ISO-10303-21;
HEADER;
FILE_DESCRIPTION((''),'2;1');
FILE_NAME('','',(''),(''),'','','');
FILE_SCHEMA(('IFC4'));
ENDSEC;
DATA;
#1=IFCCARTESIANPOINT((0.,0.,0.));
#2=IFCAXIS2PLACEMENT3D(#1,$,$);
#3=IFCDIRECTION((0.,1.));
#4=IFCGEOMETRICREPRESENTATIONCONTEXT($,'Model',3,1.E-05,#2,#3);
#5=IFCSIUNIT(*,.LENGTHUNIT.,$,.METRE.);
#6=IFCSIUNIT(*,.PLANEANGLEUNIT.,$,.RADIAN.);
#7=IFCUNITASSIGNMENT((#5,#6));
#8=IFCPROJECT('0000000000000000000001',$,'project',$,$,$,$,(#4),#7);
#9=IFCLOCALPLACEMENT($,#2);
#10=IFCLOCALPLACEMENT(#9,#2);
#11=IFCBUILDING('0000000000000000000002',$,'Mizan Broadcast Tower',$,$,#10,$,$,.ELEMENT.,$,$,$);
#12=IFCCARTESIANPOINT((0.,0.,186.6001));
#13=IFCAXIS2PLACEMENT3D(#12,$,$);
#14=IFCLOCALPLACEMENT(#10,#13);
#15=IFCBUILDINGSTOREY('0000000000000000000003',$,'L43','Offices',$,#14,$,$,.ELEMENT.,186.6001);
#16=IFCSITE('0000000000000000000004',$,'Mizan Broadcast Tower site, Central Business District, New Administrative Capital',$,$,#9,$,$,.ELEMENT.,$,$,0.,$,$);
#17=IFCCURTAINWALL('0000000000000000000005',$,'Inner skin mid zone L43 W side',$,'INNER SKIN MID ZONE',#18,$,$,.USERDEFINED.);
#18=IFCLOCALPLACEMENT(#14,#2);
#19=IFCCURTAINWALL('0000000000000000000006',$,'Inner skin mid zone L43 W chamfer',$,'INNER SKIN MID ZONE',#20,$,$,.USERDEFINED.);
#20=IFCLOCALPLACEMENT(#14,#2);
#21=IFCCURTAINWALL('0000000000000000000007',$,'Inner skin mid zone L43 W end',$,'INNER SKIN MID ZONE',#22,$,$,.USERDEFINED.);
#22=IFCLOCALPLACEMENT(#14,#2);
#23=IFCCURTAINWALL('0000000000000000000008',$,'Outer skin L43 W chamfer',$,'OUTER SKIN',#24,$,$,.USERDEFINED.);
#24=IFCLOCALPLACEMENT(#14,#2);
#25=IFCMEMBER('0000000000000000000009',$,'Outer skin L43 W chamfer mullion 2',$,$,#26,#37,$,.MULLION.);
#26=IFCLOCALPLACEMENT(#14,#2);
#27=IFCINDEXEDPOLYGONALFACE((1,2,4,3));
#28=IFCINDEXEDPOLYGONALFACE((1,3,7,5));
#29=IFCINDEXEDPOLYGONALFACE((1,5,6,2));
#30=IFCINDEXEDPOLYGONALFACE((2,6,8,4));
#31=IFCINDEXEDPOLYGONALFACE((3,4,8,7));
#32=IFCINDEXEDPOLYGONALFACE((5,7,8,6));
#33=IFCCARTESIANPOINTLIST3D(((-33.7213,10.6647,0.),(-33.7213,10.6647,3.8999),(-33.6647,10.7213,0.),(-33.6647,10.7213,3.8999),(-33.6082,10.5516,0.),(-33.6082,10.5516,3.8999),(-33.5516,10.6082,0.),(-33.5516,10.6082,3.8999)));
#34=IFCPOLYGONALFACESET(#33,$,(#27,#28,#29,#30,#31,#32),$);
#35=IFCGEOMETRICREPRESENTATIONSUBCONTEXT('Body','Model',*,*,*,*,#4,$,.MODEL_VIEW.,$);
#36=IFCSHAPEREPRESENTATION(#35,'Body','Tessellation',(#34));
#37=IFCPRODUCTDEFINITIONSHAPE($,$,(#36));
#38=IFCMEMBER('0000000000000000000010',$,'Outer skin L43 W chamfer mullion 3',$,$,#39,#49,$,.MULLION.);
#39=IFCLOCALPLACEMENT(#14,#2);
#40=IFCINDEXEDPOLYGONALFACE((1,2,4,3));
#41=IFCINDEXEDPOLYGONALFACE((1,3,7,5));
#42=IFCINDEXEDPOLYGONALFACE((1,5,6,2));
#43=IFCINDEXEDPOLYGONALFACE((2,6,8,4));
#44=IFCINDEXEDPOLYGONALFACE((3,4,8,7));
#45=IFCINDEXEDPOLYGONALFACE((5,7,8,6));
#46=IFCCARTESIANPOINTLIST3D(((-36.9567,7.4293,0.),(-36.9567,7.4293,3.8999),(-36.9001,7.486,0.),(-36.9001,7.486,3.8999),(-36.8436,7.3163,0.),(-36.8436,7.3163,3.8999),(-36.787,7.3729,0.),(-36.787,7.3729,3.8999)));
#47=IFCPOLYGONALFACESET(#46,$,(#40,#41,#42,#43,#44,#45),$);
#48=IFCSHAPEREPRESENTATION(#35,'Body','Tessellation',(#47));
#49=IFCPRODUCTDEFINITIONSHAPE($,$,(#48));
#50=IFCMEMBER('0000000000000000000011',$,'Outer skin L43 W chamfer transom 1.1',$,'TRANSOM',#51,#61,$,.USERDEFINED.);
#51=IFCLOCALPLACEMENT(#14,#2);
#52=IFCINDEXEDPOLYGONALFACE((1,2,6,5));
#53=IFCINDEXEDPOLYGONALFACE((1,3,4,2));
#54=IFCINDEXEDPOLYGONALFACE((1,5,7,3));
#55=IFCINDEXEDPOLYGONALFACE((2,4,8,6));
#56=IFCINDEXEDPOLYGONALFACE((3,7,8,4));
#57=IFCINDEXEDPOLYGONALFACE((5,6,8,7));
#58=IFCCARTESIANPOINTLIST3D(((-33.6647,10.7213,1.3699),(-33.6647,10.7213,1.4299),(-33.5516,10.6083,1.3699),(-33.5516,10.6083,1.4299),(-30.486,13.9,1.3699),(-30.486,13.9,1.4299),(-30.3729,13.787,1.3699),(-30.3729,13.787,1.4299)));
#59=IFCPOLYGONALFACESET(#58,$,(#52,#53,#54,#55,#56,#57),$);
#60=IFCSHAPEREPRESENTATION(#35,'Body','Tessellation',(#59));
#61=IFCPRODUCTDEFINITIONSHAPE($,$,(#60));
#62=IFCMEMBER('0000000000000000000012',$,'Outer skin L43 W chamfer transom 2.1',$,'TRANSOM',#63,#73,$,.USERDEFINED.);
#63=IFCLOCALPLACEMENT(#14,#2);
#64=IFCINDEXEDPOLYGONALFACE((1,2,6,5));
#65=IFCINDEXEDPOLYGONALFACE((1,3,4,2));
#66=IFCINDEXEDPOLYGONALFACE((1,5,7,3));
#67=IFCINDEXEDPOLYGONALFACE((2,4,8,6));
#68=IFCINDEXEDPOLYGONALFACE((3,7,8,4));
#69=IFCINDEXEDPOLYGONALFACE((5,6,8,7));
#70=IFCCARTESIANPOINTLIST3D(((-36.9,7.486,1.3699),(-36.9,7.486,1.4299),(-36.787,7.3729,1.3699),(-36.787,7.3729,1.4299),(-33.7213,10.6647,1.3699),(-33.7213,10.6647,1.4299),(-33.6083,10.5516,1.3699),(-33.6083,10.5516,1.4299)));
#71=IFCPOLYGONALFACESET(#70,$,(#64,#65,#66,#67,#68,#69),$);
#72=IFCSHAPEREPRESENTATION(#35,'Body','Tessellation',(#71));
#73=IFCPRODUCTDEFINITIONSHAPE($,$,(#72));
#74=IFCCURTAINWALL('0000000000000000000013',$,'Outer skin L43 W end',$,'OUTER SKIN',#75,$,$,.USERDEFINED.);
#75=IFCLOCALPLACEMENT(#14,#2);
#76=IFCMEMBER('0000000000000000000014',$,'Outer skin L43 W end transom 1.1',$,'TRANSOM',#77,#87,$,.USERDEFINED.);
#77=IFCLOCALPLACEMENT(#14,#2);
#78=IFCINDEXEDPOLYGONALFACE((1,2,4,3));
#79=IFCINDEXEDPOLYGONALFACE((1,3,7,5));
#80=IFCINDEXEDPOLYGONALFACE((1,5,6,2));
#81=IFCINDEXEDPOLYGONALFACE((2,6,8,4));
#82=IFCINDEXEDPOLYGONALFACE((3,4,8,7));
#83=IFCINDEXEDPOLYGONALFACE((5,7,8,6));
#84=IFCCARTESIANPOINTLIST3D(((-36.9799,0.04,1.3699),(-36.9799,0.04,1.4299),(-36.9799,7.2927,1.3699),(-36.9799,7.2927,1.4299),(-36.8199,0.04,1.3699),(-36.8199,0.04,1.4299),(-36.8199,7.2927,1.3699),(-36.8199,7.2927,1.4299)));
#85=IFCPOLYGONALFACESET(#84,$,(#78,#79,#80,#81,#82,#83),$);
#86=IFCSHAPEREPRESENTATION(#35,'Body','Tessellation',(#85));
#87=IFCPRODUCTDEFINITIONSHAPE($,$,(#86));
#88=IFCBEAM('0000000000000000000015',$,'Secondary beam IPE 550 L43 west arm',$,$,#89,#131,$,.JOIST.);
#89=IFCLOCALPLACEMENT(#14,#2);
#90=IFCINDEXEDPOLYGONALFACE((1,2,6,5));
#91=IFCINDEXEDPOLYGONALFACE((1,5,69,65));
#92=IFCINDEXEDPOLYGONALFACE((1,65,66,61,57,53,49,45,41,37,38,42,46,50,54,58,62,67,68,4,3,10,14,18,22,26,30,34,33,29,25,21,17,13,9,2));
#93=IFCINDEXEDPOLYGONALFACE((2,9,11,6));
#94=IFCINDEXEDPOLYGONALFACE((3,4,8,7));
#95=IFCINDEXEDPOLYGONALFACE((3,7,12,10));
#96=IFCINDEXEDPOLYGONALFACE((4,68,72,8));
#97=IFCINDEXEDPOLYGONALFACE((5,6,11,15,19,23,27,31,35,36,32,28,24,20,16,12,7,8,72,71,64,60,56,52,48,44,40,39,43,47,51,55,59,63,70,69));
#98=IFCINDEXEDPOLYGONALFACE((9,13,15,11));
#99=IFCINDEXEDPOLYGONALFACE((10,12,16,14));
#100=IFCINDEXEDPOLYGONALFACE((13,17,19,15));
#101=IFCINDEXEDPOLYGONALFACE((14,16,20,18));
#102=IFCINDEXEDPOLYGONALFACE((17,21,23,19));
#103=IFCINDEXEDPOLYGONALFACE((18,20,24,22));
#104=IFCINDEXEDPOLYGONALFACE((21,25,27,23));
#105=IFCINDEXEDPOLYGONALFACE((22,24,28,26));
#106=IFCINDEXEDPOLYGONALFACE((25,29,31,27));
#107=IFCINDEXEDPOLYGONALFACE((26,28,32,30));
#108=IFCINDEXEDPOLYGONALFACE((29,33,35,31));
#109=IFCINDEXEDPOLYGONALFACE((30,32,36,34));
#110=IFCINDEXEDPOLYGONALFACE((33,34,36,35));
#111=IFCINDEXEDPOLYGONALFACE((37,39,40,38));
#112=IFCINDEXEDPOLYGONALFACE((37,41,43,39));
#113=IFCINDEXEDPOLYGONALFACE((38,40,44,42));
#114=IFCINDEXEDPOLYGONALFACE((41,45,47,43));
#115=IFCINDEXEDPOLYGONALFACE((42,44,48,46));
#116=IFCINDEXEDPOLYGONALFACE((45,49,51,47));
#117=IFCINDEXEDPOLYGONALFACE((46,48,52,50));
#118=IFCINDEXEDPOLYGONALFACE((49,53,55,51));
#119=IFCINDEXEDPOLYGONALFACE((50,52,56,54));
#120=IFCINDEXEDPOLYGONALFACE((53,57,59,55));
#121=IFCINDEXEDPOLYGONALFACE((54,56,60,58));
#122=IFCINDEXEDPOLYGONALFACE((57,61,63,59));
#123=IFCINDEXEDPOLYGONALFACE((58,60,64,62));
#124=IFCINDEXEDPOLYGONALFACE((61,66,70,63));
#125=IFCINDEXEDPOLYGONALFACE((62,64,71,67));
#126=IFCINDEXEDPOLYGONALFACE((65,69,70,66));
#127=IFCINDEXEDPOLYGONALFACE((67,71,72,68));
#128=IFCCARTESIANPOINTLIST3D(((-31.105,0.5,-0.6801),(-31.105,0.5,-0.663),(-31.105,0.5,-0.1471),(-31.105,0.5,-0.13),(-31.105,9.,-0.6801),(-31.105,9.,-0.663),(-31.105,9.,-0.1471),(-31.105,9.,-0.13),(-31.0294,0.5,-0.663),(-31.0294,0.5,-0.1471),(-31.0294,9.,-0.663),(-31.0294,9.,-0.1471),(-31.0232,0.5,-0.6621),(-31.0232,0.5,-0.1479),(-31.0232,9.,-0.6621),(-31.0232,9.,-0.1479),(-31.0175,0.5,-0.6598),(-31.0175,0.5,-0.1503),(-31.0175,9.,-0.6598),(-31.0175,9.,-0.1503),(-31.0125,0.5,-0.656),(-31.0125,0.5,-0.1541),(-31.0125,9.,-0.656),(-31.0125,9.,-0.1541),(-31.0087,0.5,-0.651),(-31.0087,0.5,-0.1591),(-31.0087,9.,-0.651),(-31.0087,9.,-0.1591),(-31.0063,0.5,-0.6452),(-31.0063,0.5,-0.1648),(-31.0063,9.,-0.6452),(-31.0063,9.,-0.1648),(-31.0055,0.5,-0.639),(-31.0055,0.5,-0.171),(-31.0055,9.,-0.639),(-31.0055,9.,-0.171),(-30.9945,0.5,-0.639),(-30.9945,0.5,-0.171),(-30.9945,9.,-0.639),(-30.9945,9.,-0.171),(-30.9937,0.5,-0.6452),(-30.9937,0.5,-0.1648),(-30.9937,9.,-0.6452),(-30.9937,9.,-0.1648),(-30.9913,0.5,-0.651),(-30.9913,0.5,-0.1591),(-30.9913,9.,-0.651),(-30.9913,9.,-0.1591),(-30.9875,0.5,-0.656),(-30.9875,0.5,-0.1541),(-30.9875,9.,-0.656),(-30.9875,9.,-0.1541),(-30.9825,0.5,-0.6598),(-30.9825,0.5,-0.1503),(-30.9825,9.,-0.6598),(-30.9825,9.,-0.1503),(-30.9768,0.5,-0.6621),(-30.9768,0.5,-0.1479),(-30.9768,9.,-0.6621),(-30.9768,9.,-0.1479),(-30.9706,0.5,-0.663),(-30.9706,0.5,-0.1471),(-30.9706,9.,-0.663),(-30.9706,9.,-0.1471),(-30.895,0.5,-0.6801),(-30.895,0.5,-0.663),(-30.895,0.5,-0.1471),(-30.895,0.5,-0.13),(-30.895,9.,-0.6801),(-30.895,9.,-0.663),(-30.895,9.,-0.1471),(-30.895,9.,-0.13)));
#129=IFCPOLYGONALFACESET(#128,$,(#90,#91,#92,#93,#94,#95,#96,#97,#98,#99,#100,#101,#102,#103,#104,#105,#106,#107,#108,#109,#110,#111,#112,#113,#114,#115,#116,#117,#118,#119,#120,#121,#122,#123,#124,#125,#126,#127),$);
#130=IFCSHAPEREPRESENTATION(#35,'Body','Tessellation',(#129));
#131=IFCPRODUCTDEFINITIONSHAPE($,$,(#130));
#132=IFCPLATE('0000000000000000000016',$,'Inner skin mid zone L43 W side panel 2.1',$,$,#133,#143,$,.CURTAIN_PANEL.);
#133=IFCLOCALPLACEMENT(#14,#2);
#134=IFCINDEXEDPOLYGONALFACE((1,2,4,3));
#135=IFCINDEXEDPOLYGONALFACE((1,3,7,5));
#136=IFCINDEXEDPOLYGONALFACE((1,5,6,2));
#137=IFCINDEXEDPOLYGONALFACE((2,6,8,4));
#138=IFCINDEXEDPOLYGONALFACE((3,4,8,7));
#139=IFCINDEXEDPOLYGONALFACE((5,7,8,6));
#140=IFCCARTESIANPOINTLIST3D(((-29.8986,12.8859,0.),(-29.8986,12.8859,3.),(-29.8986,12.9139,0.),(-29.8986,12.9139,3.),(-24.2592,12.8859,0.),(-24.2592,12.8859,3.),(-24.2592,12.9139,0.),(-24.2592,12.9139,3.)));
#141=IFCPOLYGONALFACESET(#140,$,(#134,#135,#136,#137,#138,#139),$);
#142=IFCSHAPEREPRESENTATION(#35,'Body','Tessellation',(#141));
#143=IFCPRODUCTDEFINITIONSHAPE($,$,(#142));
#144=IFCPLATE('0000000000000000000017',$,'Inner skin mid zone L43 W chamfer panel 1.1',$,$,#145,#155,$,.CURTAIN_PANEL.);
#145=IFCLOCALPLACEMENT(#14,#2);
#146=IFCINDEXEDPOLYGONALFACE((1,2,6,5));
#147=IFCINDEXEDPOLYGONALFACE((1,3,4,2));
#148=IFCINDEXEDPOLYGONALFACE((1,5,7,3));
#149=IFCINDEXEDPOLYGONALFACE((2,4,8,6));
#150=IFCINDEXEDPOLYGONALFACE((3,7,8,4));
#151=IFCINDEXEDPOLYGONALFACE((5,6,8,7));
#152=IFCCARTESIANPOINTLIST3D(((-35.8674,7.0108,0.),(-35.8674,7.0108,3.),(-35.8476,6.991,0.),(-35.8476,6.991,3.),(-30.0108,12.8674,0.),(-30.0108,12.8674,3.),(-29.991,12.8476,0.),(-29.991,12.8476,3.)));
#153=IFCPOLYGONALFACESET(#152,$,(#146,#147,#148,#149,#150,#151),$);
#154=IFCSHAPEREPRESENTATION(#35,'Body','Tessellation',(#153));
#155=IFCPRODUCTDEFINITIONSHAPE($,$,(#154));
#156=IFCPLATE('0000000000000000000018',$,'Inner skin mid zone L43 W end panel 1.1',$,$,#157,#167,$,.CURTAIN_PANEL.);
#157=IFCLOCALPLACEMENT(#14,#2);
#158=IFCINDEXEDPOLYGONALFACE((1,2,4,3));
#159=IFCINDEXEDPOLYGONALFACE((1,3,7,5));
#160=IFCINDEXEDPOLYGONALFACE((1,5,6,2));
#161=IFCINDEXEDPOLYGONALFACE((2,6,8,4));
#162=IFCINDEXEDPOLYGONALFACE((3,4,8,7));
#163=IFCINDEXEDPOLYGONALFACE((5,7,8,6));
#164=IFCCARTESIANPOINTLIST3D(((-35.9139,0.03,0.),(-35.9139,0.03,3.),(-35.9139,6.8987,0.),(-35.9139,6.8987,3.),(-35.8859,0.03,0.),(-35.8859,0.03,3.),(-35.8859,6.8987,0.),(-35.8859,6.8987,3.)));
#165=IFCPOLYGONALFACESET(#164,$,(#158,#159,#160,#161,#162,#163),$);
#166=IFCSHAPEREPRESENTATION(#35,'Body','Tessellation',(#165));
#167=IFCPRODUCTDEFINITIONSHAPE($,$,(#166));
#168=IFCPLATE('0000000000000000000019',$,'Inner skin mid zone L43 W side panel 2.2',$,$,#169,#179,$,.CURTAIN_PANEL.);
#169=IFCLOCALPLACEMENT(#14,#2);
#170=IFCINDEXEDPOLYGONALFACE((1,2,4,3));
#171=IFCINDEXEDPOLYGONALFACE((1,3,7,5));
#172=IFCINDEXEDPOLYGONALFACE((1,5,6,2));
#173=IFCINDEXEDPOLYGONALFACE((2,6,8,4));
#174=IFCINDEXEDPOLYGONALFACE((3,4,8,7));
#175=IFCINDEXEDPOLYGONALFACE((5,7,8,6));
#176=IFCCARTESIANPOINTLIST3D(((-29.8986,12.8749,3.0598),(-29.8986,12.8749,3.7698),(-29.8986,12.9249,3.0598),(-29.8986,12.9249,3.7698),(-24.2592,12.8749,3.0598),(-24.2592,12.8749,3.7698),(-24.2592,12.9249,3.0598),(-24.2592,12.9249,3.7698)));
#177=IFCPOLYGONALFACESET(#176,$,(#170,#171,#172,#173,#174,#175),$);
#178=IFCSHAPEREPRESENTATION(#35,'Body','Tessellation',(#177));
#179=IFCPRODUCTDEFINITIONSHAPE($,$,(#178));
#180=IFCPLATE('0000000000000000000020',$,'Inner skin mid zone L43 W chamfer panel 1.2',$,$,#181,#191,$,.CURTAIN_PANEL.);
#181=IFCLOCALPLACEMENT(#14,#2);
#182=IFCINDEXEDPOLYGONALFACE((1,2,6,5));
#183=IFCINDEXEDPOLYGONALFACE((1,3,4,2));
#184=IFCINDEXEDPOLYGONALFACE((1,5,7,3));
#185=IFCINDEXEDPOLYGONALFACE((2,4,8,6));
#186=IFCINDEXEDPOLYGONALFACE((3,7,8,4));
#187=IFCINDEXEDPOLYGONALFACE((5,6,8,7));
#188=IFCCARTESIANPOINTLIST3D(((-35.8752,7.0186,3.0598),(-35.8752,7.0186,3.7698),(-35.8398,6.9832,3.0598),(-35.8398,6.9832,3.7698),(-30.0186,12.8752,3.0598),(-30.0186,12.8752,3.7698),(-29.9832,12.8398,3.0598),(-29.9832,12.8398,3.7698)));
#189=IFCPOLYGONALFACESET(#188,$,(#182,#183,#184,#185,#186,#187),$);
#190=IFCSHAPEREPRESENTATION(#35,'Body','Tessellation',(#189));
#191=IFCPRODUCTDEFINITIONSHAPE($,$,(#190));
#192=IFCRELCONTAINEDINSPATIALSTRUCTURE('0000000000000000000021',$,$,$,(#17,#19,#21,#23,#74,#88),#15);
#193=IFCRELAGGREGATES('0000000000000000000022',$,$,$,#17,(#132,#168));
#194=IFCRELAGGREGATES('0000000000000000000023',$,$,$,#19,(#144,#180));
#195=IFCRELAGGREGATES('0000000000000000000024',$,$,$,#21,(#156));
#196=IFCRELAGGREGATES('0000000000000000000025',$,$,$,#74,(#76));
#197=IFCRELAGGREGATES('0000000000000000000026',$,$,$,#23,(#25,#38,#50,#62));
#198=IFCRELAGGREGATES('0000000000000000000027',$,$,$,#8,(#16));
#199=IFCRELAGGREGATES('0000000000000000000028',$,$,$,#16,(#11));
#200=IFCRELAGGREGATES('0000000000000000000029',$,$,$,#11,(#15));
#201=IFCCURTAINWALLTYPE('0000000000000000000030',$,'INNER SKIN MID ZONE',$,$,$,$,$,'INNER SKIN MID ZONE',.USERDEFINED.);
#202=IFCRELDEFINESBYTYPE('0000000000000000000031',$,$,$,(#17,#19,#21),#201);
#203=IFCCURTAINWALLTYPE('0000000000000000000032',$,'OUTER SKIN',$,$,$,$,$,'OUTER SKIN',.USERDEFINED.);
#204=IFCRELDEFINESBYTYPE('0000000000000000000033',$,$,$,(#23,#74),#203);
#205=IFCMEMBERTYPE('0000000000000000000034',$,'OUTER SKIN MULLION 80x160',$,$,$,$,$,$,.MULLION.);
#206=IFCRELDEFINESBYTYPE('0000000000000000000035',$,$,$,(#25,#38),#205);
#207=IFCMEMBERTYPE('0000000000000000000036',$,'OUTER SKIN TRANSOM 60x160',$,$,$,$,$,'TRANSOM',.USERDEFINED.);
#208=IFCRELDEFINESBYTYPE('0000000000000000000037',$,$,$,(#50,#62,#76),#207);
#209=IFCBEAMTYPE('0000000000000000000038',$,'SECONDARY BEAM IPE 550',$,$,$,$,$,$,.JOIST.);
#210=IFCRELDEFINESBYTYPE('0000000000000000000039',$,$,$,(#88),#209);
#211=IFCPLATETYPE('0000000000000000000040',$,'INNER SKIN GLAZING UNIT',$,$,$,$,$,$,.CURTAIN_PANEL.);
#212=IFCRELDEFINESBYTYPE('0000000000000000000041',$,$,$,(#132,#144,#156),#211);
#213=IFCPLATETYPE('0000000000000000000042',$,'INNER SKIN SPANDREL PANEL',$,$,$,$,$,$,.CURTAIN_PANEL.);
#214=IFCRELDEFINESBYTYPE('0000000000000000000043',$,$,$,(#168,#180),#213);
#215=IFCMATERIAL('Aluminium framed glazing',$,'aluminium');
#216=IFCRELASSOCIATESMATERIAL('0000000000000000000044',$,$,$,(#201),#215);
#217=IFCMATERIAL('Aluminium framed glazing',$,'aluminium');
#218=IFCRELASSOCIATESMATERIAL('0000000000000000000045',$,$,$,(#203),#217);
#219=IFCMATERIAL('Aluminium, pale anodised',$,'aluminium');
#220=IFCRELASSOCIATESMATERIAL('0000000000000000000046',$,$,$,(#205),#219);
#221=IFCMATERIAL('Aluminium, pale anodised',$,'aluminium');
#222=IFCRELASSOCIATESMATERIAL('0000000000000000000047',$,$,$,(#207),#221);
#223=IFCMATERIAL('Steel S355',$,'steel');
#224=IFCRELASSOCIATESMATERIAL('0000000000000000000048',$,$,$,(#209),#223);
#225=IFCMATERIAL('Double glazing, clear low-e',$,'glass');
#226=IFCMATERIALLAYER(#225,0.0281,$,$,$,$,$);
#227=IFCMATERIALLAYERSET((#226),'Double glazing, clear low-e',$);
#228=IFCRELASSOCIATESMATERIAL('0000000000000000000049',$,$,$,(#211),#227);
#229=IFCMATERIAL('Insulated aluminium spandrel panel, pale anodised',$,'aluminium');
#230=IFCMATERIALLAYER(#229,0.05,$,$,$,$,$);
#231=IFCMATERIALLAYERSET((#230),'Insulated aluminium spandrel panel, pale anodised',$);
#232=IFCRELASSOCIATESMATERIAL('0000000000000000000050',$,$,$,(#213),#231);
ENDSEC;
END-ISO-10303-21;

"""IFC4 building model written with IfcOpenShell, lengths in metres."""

from ifc_helpers import new_model, si_unit, direction, frame, origin, origin_2d, place, context, subcontext, project, spatial, rectangle, i_section, extrude, material, layer, layer_set, material_profile, profile_set, type_object, element, aggregate, save


model = new_model("IFC4")

# Units and contexts
model_context = context("Model", 3, precision=1e-05, world=origin(), true_north=direction((0.0, 1.0)))
body_context = subcontext(model_context, "Body", "Model", "MODEL_VIEW")
ifc_project = project(units=[si_unit("LENGTHUNIT", "METRE"), si_unit("PLANEANGLEUNIT", "RADIAN")], contexts=[model_context])

# Site, building, storey
site_placement = place(None, origin())
site = spatial("IfcSite", under=ifc_project, at=site_placement, Name="Mizan Broadcast Tower site, Central Business District, New Administrative Capital", CompositionType="ELEMENT", RefElevation=0.0)
building_placement = place(site_placement, origin())
building = spatial("IfcBuilding", under=site, at=building_placement, Name="Mizan Broadcast Tower", CompositionType="ELEMENT")
storey_placement = place(building_placement, frame((0.0, 0.0, 186.6001)))
storey = spatial("IfcBuildingStorey", under=building, at=storey_placement, Name="L43", Description="Offices", CompositionType="ELEMENT", Elevation=186.6001)

# Curtain wall
ifc_material_1 = material(Name="Aluminium framed glazing", Category="aluminium")
curtain_wall_type_1 = type_object("IfcCurtainWallType", Name="INNER SKIN MID ZONE", ElementType="INNER SKIN MID ZONE", PredefinedType="USERDEFINED", material=ifc_material_1)
curtain_wall_1_placement = place(storey_placement, origin())
curtain_wall_1 = element("IfcCurtainWall", 1, at=curtain_wall_1_placement, inside=storey, type_object=curtain_wall_type_1, Name="Inner skin mid zone L43 W side", ObjectType="INNER SKIN MID ZONE", PredefinedType="USERDEFINED")

# Curtain wall
curtain_wall_2_placement = place(storey_placement, origin())
curtain_wall_2 = element("IfcCurtainWall", 2, at=curtain_wall_2_placement, inside=storey, type_object=curtain_wall_type_1, Name="Inner skin mid zone L43 W chamfer", ObjectType="INNER SKIN MID ZONE", PredefinedType="USERDEFINED")

# Curtain wall
curtain_wall_3_placement = place(storey_placement, origin())
curtain_wall_3 = element("IfcCurtainWall", 3, at=curtain_wall_3_placement, inside=storey, type_object=curtain_wall_type_1, Name="Inner skin mid zone L43 W end", ObjectType="INNER SKIN MID ZONE", PredefinedType="USERDEFINED")
ifc_material_2 = material(Name="Aluminium framed glazing", Category="aluminium")
curtain_wall_type_2 = type_object("IfcCurtainWallType", Name="OUTER SKIN", ElementType="OUTER SKIN", PredefinedType="USERDEFINED", material=ifc_material_2)
ifc_material_3 = material(Name="Aluminium, pale anodised", Category="aluminium")
ifc_material_profile_1 = material_profile(ifc_material_3, rectangle(XDim=0.1599, YDim=0.0801, at=origin_2d()), Name="MULLION 160x80")
ifc_profile_set_1 = profile_set([ifc_material_profile_1], Name="Aluminium, pale anodised")
member_type_1 = type_object("IfcMemberType", Name="OUTER SKIN MULLION 80x160", PredefinedType="MULLION", material=ifc_profile_set_1)

# Curtain wall, members
curtain_wall_4_placement = place(storey_placement, origin())
curtain_wall_4 = element("IfcCurtainWall", 4, at=curtain_wall_4_placement, inside=storey, type_object=curtain_wall_type_2, Name="Outer skin L43 W chamfer", ObjectType="OUTER SKIN", PredefinedType="USERDEFINED")
member_1_placement = place(storey_placement, frame((-33.6365, 10.6365, 0.0), z_axis=(0.0, 0.0, 1.0), x_axis=(0.707107, -0.707107, 0.0)))
member_1 = element("IfcMember", 5, at=member_1_placement, type_object=member_type_1, Name="Outer skin L43 W chamfer mullion 2", PredefinedType="MULLION", context=body_context, shape_type="SweptSolid", body=[
    extrude(rectangle(XDim=0.1599, YDim=0.0801, at=origin_2d()), origin(), (0.0, 0.0, 1.0), 3.8999),
])
member_2_placement = place(storey_placement, frame((-36.8718, 7.4011, 0.0), z_axis=(0.0, 0.0, 1.0), x_axis=(0.707107, -0.707107, 0.0)))
member_2 = element("IfcMember", 6, at=member_2_placement, type_object=member_type_1, Name="Outer skin L43 W chamfer mullion 3", PredefinedType="MULLION", context=body_context, shape_type="SweptSolid", body=[
    extrude(rectangle(XDim=0.1599, YDim=0.0801, at=origin_2d()), origin(), (0.0, 0.0, 1.0), 3.8999),
])
ifc_material_4 = material(Name="Aluminium, pale anodised", Category="aluminium")
ifc_material_profile_2 = material_profile(ifc_material_4, rectangle(XDim=0.1599, YDim=0.0601, at=origin_2d()), Name="TRANSOM 160x60")
ifc_profile_set_2 = profile_set([ifc_material_profile_2], Name="Aluminium, pale anodised")
member_type_2 = type_object("IfcMemberType", Name="OUTER SKIN TRANSOM 60x160", ElementType="TRANSOM", PredefinedType="USERDEFINED", material=ifc_profile_set_2)
member_3_placement = place(storey_placement, frame((-30.4294, 13.8435, 1.3999), z_axis=(-0.707107, -0.707107, 0.0), x_axis=(0.707107, -0.707107, 0.0)))
member_3 = element("IfcMember", 7, at=member_3_placement, type_object=member_type_2, Name="Outer skin L43 W chamfer transom 1.1", ObjectType="TRANSOM", PredefinedType="USERDEFINED", context=body_context, shape_type="SweptSolid", body=[
    extrude(rectangle(XDim=0.1599, YDim=0.0601, at=origin_2d()), origin(), (0.0, 0.0, 1.0), 4.4954),
])
member_4_placement = place(storey_placement, frame((-33.6648, 10.6082, 1.3999), z_axis=(-0.707107, -0.707107, 0.0), x_axis=(0.707107, -0.707107, 0.0)))
member_4 = element("IfcMember", 8, at=member_4_placement, type_object=member_type_2, Name="Outer skin L43 W chamfer transom 2.1", ObjectType="TRANSOM", PredefinedType="USERDEFINED", context=body_context, shape_type="SweptSolid", body=[
    extrude(rectangle(XDim=0.1599, YDim=0.0601, at=origin_2d()), origin(), (0.0, 0.0, 1.0), 4.4954),
])

# Curtain wall, member
curtain_wall_5_placement = place(storey_placement, origin())
curtain_wall_5 = element("IfcCurtainWall", 9, at=curtain_wall_5_placement, inside=storey, type_object=curtain_wall_type_2, Name="Outer skin L43 W end", ObjectType="OUTER SKIN", PredefinedType="USERDEFINED")
member_5_placement = place(storey_placement, frame((-36.8999, 7.2927, 1.3999), z_axis=(0.0, -1.0, 0.0), x_axis=(1.0, 0.0, 0.0)))
member_5 = element("IfcMember", 10, at=member_5_placement, type_object=member_type_2, Name="Outer skin L43 W end transom 1.1", ObjectType="TRANSOM", PredefinedType="USERDEFINED", context=body_context, shape_type="SweptSolid", body=[
    extrude(rectangle(XDim=0.1599, YDim=0.0601, at=origin_2d()), origin(), (0.0, 0.0, 1.0), 7.2527),
])

# Beam
ifc_material_5 = material(Name="Steel S355", Category="steel")
ifc_material_profile_3 = material_profile(ifc_material_5, i_section(OverallWidth=0.21, OverallDepth=0.55, WebThickness=0.011, FlangeThickness=0.0171, FilletRadius=0.0239, at=origin_2d()), Name="IPE 550")
ifc_profile_set_3 = profile_set([ifc_material_profile_3], Name="Steel S355")
beam_type_1 = type_object("IfcBeamType", Name="SECONDARY BEAM IPE 550", PredefinedType="JOIST", material=ifc_profile_set_3)
beam_1_placement = place(storey_placement, frame((-31.0, 9.0, -0.405), z_axis=(0.0, -1.0, 0.0), x_axis=(1.0, 0.0, 0.0)))
element("IfcBeam", 11, at=beam_1_placement, inside=storey, type_object=beam_type_1, Name="Secondary beam IPE 550 L43 west arm", PredefinedType="JOIST", context=body_context, shape_type="SweptSolid", body=[
    extrude(i_section(OverallWidth=0.21, OverallDepth=0.55, WebThickness=0.011, FlangeThickness=0.0171, FilletRadius=0.0239, at=origin_2d()), origin(), (0.0, 0.0, 1.0), 8.5),
])

# Plates
ifc_material_6 = material(Name="Double glazing, clear low-e", Category="glass")
ifc_layer_1 = layer(ifc_material_6, 0.0281)
ifc_layer_set_1 = layer_set([ifc_layer_1], Name="Double glazing, clear low-e")
plate_type_1 = type_object("IfcPlateType", Name="INNER SKIN GLAZING UNIT", PredefinedType="CURTAIN_PANEL", material=ifc_layer_set_1)
plate_1_placement = place(storey_placement, frame((-27.0789, 12.8999, 0.0), z_axis=(0.0, 0.0, 1.0), x_axis=(-1.0, 0.0, 0.0)))
plate_1 = element("IfcPlate", 12, at=plate_1_placement, type_object=plate_type_1, Name="Inner skin mid zone L43 W side panel 2.1", PredefinedType="CURTAIN_PANEL", context=body_context, shape_type="SweptSolid", body=[
    extrude(rectangle(XDim=5.6394, YDim=0.0281, at=origin_2d()), origin(), (0.0, 0.0, 1.0), 3.0),
])
plate_2_placement = place(storey_placement, frame((-32.9292, 9.9292, 0.0), z_axis=(0.0, 0.0, 1.0), x_axis=(-0.707107, -0.707107, 0.0)))
plate_2 = element("IfcPlate", 13, at=plate_2_placement, type_object=plate_type_1, Name="Inner skin mid zone L43 W chamfer panel 1.1", PredefinedType="CURTAIN_PANEL", context=body_context, shape_type="SweptSolid", body=[
    extrude(rectangle(XDim=8.2825, YDim=0.0281, at=origin_2d()), origin(), (0.0, 0.0, 1.0), 3.0),
])
plate_3_placement = place(storey_placement, frame((-35.8999, 3.4644, 0.0), z_axis=(0.0, 0.0, 1.0), x_axis=(0.0, -1.0, 0.0)))
plate_3 = element("IfcPlate", 14, at=plate_3_placement, type_object=plate_type_1, Name="Inner skin mid zone L43 W end panel 1.1", PredefinedType="CURTAIN_PANEL", context=body_context, shape_type="SweptSolid", body=[
    extrude(rectangle(XDim=6.8687, YDim=0.0281, at=origin_2d()), origin(), (0.0, 0.0, 1.0), 3.0),
])
ifc_material_7 = material(Name="Insulated aluminium spandrel panel, pale anodised", Category="aluminium")
ifc_layer_2 = layer(ifc_material_7, 0.05)
ifc_layer_set_2 = layer_set([ifc_layer_2], Name="Insulated aluminium spandrel panel, pale anodised")
plate_type_2 = type_object("IfcPlateType", Name="INNER SKIN SPANDREL PANEL", PredefinedType="CURTAIN_PANEL", material=ifc_layer_set_2)
plate_4_placement = place(storey_placement, frame((-27.0789, 12.8999, 3.0598), z_axis=(0.0, 0.0, 1.0), x_axis=(-1.0, 0.0, 0.0)))
plate_4 = element("IfcPlate", 15, at=plate_4_placement, type_object=plate_type_2, Name="Inner skin mid zone L43 W side panel 2.2", PredefinedType="CURTAIN_PANEL", context=body_context, shape_type="SweptSolid", body=[
    extrude(rectangle(XDim=5.6394, YDim=0.05, at=origin_2d()), origin(), (0.0, 0.0, 1.0), 0.71),
])
aggregate(curtain_wall_1, [plate_1, plate_4])
plate_5_placement = place(storey_placement, frame((-32.9292, 9.9292, 3.0598), z_axis=(0.0, 0.0, 1.0), x_axis=(-0.707107, -0.707107, 0.0)))
plate_5 = element("IfcPlate", 16, at=plate_5_placement, type_object=plate_type_2, Name="Inner skin mid zone L43 W chamfer panel 1.2", PredefinedType="CURTAIN_PANEL", context=body_context, shape_type="SweptSolid", body=[
    extrude(rectangle(XDim=8.2825, YDim=0.05, at=origin_2d()), origin(), (0.0, 0.0, 1.0), 0.71),
])
aggregate(curtain_wall_2, [plate_2, plate_5])
aggregate(curtain_wall_3, [plate_3])
aggregate(curtain_wall_5, [member_5])
aggregate(curtain_wall_4, [member_1, member_2, member_3, member_4])

save(model, "model.ifc")
